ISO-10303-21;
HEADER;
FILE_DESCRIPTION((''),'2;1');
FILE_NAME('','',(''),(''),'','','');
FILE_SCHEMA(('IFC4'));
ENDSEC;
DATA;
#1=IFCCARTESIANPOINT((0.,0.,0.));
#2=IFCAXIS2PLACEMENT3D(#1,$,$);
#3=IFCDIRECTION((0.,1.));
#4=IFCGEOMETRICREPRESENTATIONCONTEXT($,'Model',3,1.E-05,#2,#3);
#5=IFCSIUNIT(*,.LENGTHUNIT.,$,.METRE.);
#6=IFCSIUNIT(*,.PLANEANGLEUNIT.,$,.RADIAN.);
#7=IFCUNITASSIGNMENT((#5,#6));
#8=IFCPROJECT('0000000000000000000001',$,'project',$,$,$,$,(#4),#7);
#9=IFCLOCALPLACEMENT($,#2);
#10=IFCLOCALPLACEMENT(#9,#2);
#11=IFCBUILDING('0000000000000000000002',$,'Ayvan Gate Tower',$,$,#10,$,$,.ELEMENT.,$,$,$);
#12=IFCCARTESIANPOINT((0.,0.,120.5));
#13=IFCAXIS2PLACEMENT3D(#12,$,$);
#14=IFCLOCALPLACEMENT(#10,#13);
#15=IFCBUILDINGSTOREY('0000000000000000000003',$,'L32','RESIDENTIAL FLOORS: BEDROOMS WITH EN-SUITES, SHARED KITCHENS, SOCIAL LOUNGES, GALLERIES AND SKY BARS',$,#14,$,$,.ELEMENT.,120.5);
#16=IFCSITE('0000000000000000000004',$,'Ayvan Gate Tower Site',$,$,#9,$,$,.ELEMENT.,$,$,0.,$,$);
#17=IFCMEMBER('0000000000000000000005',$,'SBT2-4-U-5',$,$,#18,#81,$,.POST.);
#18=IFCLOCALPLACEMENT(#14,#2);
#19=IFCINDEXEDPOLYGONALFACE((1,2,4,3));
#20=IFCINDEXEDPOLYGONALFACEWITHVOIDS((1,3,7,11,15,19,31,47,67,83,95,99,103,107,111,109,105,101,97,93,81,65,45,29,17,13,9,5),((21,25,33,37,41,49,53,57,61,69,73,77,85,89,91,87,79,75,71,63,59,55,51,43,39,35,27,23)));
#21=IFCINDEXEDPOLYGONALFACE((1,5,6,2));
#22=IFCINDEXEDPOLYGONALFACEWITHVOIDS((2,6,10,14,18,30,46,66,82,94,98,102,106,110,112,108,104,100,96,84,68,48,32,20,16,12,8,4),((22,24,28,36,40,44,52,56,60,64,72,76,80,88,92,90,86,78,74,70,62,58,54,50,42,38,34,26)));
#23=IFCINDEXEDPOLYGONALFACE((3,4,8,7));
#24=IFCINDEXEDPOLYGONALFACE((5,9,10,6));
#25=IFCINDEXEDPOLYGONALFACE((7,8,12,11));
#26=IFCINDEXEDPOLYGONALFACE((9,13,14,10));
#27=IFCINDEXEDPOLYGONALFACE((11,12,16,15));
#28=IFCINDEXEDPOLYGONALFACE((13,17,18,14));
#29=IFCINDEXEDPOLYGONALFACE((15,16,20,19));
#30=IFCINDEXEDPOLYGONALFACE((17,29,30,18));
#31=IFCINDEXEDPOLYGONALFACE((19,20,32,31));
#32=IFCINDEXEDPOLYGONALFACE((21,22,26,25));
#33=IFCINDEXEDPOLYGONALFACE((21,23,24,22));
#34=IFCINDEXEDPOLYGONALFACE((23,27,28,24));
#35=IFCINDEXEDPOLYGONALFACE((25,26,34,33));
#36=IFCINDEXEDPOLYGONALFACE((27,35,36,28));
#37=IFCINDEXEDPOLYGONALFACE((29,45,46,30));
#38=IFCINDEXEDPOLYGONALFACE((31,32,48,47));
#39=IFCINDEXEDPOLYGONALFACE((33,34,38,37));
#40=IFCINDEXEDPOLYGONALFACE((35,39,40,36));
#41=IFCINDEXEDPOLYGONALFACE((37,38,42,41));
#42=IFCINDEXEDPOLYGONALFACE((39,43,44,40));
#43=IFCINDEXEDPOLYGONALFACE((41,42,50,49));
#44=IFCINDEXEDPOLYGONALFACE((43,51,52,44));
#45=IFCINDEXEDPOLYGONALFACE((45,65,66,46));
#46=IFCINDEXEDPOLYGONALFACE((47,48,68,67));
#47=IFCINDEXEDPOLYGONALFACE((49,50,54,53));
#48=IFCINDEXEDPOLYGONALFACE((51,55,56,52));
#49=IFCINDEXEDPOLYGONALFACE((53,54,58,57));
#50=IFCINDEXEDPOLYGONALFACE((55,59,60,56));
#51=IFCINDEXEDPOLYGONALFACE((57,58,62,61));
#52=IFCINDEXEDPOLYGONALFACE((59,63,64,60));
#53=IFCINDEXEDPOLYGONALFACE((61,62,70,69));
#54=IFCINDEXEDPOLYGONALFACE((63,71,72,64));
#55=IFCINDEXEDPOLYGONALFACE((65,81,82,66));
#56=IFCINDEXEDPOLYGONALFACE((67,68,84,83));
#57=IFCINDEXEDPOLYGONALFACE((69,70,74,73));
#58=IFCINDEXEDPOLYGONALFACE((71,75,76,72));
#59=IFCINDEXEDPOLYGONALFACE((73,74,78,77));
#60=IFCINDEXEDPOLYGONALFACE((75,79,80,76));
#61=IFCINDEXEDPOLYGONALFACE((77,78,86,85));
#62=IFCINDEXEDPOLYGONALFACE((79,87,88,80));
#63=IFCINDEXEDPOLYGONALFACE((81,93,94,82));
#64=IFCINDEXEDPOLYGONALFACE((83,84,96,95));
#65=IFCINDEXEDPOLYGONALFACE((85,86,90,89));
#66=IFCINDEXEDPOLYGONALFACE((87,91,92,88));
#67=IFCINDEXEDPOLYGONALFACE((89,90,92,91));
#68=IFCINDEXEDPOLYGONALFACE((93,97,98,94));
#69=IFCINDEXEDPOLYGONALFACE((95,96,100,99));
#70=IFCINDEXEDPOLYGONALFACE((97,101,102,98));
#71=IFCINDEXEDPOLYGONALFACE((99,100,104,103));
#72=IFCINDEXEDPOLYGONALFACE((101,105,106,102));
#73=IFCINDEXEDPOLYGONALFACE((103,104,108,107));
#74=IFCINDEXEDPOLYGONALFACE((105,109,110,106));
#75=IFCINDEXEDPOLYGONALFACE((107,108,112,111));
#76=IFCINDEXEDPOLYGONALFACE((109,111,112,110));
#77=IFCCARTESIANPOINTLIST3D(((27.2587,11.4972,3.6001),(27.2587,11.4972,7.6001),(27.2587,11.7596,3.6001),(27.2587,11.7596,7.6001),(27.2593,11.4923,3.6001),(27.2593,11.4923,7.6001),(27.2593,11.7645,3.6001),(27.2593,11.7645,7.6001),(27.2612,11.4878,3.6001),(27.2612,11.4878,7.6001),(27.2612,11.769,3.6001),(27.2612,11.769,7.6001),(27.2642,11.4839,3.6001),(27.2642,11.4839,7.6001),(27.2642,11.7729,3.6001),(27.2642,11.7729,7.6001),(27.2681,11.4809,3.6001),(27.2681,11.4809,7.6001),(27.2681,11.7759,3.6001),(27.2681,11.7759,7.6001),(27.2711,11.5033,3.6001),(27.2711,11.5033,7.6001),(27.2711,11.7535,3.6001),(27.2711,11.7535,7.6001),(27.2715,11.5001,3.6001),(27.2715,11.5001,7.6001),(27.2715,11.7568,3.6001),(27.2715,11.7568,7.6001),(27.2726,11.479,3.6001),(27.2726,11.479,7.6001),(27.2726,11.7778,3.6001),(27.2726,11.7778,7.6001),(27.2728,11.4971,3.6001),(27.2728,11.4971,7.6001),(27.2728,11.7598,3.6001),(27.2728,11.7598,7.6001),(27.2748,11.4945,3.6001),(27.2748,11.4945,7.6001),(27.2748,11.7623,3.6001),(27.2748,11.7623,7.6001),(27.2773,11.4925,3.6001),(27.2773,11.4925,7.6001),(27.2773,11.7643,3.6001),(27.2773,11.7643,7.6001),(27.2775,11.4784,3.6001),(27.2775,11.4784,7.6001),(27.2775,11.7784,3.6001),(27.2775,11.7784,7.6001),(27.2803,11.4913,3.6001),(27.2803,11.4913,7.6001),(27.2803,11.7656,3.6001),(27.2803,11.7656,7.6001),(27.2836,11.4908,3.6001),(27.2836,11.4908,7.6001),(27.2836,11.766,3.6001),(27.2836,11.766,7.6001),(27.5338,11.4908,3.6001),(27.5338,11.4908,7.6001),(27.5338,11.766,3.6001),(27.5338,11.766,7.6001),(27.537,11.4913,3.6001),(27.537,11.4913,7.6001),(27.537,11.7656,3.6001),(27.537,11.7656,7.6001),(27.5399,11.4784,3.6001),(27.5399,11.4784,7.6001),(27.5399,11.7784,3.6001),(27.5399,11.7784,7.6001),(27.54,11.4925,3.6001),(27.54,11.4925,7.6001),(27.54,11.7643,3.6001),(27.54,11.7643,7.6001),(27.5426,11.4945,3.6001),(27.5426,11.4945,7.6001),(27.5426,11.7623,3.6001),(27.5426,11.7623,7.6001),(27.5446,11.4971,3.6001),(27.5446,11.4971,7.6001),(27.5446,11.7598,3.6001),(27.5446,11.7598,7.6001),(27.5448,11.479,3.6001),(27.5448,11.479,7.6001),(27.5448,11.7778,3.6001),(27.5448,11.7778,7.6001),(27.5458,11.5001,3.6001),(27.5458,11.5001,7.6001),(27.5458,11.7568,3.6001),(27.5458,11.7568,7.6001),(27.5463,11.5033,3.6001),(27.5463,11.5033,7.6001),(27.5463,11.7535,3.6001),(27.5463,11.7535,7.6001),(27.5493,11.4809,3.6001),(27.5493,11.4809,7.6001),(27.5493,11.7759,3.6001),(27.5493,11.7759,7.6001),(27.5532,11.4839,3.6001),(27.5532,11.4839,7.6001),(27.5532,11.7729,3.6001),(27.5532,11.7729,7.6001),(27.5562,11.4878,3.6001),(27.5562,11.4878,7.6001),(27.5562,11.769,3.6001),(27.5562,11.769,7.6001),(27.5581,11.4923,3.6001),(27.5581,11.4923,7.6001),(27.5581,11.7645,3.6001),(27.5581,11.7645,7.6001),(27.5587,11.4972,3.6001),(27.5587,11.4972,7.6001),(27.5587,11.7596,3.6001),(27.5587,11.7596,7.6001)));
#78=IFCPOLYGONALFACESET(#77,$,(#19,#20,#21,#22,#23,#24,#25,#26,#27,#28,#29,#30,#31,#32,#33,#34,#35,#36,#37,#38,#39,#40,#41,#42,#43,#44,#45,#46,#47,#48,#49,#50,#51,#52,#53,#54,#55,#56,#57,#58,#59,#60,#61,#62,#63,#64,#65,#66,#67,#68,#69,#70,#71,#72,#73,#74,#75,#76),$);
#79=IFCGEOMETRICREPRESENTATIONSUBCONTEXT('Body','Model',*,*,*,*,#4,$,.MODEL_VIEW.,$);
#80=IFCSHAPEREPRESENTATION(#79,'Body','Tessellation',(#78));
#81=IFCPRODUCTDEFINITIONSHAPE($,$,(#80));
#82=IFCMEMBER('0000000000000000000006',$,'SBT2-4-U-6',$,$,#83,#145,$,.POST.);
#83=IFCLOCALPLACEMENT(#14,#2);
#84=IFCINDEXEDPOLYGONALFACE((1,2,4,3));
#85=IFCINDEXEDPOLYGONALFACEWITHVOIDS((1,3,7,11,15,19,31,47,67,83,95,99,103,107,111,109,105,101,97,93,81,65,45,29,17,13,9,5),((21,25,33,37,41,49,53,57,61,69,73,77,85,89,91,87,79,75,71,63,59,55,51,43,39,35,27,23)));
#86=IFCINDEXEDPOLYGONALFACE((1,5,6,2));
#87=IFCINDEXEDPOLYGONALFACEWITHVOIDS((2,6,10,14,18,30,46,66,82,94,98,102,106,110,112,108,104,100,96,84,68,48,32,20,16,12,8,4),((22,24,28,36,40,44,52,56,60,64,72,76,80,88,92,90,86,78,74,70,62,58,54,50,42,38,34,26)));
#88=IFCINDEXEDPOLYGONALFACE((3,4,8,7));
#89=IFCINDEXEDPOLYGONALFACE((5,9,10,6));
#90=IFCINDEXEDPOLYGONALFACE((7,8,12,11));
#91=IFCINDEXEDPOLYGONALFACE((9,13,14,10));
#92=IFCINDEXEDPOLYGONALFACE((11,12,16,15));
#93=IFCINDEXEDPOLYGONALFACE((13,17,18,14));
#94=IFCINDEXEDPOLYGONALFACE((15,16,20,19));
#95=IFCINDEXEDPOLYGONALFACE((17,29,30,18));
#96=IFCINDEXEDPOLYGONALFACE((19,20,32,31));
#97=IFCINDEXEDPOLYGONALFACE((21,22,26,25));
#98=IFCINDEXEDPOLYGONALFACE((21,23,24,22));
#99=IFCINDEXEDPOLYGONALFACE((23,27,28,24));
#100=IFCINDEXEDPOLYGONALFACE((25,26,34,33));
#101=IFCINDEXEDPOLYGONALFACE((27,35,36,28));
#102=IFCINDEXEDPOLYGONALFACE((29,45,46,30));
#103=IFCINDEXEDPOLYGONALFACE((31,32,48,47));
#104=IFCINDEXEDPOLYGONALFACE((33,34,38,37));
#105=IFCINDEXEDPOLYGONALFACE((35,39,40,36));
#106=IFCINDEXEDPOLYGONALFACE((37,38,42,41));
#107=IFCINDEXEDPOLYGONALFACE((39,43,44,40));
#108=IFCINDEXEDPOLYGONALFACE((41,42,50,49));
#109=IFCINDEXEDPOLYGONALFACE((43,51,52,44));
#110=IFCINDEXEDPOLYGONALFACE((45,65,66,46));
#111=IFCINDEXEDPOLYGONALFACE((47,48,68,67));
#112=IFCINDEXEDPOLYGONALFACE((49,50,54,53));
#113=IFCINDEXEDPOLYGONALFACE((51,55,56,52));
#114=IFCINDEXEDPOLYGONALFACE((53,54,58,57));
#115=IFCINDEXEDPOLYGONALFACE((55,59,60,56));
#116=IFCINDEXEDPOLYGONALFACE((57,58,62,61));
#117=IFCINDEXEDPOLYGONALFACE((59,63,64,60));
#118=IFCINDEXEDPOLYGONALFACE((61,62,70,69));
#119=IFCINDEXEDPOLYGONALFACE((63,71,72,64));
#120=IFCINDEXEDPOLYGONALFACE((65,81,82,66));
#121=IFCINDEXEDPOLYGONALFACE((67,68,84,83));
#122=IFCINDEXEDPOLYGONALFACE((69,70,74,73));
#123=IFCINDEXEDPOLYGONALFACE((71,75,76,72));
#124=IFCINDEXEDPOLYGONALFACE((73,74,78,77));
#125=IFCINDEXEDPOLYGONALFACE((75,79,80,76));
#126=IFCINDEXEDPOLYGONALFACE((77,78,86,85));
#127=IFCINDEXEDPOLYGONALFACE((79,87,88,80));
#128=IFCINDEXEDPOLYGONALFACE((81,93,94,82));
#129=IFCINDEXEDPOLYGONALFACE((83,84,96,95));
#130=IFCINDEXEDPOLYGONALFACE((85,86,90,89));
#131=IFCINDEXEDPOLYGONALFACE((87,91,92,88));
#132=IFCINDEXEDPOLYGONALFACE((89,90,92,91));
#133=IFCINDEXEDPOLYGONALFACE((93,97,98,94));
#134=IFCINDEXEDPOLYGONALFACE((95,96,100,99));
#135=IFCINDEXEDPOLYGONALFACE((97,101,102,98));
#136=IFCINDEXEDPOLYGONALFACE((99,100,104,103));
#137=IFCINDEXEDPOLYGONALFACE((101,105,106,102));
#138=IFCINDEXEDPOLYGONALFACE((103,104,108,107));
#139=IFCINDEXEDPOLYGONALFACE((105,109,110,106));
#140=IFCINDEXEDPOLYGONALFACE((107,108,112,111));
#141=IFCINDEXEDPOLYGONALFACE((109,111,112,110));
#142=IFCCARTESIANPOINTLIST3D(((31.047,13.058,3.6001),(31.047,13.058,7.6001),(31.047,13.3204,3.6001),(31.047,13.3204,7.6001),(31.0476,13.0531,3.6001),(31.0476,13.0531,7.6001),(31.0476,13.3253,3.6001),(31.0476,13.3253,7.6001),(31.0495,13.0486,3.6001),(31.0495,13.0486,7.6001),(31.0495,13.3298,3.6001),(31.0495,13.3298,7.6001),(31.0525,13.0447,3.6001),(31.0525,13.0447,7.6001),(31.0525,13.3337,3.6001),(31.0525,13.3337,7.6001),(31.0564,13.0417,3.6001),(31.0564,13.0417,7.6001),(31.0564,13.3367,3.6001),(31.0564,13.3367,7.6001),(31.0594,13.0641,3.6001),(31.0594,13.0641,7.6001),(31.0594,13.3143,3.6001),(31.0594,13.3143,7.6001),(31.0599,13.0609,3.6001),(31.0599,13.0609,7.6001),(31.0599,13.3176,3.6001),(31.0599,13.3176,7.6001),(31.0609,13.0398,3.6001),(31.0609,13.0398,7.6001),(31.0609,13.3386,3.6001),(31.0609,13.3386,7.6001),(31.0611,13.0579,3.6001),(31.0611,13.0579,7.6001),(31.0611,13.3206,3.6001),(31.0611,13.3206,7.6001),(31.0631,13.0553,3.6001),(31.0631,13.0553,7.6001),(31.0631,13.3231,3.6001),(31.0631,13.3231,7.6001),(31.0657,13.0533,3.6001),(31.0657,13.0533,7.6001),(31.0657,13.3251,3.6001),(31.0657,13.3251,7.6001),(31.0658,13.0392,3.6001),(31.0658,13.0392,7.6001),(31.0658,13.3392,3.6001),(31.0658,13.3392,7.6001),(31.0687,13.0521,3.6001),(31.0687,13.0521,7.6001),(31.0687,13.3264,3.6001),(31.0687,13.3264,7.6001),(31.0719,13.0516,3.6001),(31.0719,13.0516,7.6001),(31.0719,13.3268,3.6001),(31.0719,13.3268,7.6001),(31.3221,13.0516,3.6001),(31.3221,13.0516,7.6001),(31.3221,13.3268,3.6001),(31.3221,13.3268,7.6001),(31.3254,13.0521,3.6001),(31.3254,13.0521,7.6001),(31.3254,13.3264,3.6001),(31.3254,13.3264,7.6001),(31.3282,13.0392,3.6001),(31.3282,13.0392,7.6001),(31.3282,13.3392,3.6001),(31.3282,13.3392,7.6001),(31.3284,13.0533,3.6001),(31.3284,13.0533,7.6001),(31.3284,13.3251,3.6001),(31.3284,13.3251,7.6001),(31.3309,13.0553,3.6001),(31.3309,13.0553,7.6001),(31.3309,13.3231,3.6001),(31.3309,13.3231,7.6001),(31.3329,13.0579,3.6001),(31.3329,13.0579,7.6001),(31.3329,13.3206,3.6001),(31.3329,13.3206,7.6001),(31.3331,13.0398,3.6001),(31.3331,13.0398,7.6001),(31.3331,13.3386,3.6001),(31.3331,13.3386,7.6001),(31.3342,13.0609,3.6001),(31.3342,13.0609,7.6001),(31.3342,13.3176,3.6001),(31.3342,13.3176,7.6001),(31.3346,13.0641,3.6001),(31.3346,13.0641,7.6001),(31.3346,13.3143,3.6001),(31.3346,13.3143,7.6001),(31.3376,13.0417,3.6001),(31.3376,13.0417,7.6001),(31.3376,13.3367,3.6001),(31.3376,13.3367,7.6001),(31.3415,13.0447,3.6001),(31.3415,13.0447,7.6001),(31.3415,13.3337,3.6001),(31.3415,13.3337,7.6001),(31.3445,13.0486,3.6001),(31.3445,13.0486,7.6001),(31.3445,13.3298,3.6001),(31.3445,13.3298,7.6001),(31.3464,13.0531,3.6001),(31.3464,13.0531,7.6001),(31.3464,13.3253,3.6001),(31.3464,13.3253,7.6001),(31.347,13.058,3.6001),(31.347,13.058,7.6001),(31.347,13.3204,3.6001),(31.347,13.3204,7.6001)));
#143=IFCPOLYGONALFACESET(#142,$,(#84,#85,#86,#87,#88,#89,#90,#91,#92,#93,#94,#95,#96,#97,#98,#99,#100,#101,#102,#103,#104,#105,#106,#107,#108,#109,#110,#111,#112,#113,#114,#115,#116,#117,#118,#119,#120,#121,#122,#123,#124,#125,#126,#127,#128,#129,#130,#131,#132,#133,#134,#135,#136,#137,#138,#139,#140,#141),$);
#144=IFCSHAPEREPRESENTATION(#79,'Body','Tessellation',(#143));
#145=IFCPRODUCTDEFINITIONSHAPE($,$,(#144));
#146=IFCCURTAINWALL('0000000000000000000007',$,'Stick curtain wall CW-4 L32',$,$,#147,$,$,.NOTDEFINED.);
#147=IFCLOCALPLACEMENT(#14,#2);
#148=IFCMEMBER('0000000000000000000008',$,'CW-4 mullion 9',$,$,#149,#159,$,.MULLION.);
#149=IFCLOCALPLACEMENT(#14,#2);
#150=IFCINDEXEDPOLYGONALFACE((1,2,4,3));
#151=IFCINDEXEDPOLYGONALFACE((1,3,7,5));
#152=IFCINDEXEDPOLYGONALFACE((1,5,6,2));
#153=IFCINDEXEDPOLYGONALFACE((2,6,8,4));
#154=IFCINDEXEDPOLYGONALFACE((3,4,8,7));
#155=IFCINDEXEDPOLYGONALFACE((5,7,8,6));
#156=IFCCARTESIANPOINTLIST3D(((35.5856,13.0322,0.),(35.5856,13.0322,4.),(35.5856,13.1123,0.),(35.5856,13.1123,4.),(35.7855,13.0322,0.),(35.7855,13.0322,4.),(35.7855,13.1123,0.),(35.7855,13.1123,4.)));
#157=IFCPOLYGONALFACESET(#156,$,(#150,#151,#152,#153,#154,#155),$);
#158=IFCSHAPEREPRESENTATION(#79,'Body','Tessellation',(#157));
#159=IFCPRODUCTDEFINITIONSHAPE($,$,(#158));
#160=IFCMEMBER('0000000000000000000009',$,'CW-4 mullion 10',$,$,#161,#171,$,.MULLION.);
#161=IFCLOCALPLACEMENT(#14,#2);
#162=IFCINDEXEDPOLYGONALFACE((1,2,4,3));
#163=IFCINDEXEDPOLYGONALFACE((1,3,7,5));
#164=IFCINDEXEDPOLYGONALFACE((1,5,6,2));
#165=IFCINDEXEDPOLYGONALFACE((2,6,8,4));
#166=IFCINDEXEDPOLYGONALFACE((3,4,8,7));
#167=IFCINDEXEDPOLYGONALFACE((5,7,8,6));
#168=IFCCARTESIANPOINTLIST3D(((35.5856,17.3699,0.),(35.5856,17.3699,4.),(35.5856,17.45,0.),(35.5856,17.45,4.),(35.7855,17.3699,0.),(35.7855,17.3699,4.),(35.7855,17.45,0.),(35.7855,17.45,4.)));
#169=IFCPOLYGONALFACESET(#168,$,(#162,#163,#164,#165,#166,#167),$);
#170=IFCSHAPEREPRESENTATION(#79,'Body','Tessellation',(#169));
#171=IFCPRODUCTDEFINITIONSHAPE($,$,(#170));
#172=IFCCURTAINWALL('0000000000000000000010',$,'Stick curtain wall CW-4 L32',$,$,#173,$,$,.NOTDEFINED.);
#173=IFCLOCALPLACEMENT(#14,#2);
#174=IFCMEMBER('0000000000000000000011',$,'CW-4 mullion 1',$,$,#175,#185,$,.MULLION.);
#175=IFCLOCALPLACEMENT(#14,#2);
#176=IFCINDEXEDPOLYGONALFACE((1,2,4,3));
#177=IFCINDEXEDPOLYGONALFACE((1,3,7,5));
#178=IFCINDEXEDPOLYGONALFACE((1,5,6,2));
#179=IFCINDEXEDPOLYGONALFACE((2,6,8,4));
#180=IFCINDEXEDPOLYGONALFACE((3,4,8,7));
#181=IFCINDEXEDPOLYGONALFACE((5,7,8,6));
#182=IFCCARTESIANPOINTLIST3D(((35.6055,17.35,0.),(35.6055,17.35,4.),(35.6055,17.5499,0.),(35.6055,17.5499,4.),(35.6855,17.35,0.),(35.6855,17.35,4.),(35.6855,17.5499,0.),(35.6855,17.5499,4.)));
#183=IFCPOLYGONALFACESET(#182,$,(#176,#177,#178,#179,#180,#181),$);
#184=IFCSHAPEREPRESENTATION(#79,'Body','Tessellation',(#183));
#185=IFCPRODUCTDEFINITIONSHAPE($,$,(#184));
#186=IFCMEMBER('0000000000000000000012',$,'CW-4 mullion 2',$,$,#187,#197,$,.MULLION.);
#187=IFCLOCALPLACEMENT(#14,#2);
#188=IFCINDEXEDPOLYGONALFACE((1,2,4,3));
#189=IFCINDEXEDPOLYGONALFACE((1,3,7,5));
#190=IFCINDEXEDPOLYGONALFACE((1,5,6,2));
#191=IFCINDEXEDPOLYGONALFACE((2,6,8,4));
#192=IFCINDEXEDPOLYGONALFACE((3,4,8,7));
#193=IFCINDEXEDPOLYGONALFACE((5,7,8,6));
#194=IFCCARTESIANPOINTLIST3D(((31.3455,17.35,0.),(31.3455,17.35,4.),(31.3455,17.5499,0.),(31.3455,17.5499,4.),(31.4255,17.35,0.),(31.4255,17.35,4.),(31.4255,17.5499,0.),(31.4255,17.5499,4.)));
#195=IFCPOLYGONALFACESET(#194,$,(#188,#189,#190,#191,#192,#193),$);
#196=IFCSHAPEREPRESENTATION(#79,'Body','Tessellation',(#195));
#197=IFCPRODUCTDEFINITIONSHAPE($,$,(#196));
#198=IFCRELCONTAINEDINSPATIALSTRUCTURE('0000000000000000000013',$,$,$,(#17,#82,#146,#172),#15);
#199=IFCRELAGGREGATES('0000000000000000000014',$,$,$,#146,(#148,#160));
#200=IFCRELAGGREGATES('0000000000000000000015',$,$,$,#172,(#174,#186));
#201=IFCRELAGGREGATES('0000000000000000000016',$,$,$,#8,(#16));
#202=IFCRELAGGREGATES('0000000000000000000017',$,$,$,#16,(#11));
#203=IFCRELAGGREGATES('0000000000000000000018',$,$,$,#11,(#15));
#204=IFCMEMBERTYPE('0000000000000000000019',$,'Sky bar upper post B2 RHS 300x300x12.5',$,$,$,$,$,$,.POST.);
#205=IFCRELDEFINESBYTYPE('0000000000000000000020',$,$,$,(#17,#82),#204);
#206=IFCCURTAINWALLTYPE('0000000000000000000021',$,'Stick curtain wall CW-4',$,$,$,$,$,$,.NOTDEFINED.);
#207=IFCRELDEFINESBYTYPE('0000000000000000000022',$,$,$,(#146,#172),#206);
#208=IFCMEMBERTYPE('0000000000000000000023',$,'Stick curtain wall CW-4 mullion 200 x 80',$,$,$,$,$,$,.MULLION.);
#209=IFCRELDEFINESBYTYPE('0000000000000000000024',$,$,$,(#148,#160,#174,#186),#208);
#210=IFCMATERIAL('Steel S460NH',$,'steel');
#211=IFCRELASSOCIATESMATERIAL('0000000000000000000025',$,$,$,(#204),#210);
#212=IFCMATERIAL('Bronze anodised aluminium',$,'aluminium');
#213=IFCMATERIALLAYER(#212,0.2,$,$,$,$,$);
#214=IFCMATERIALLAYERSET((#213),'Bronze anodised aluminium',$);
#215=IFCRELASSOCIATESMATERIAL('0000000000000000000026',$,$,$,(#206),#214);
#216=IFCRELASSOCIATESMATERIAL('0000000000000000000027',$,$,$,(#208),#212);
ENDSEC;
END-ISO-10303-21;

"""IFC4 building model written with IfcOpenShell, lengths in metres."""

from ifc_helpers import new_model, si_unit, direction, frame, origin, origin_2d, place, context, subcontext, project, spatial, rectangle, hollow_rectangle, extrude, material, layer, layer_set, material_profile, profile_set, type_object, element, aggregate, save


model = new_model("IFC4")

# Units and contexts
model_context = context("Model", 3, precision=1e-05, world=origin(), true_north=direction((0.0, 1.0)))
body_context = subcontext(model_context, "Body", "Model", "MODEL_VIEW")
ifc_project = project(units=[si_unit("LENGTHUNIT", "METRE"), si_unit("PLANEANGLEUNIT", "RADIAN")], contexts=[model_context])

# Site, building, storey
site_placement = place(None, origin())
site = spatial("IfcSite", under=ifc_project, at=site_placement, Name="Ayvan Gate Tower Site", CompositionType="ELEMENT", RefElevation=0.0)
building_placement = place(site_placement, origin())
building = spatial("IfcBuilding", under=site, at=building_placement, Name="Ayvan Gate Tower", CompositionType="ELEMENT")
storey_placement = place(building_placement, frame((0.0, 0.0, 120.5)))
storey = spatial("IfcBuildingStorey", under=building, at=storey_placement, Name="L32", Description="RESIDENTIAL FLOORS: BEDROOMS WITH EN-SUITES, SHARED KITCHENS, SOCIAL LOUNGES, GALLERIES AND SKY BARS", CompositionType="ELEMENT", Elevation=120.5)

# Members
ifc_material_1 = material(Name="Steel S460NH", Category="steel")
ifc_material_profile_1 = material_profile(ifc_material_1, hollow_rectangle(XDim=0.3, YDim=0.3, WallThickness=0.0125, InnerFilletRadius=0.0125, OuterFilletRadius=0.0188, at=origin_2d()), Name="RHS 300x300x12.5")
ifc_profile_set_1 = profile_set([ifc_material_profile_1], Name="Steel S460NH")
member_type_1 = type_object("IfcMemberType", Name="Sky bar upper post B2 RHS 300x300x12.5", PredefinedType="POST", material=ifc_profile_set_1)
for number, where, z_axis, x_axis, name in (
    (1, (27.4087, 11.6284, 3.6001), (0.0, 0.0, 1.0), (1.0, 0.0, 0.0), "SBT2-4-U-5"),
    (2, (31.197, 13.1892, 3.6001), (0.0, 0.0, 1.0), (1.0, 0.0, 0.0), "SBT2-4-U-6"),
):
    element("IfcMember", number, at=place(storey_placement, frame(where, z_axis=z_axis, x_axis=x_axis)), inside=storey, type_object=member_type_1, Name=name, PredefinedType="POST", context=body_context, shape_type="SweptSolid", body=[
        extrude(hollow_rectangle(XDim=0.3, YDim=0.3, WallThickness=0.0125, InnerFilletRadius=0.0125, OuterFilletRadius=0.0188, at=origin_2d()), origin(), (0.0, 0.0, 1.0), 4.0),
    ])

# Curtain walls, members
ifc_material_2 = material(Name="Bronze anodised aluminium", Category="aluminium")
ifc_layer_1 = layer(ifc_material_2, 0.2)
ifc_layer_set_1 = layer_set([ifc_layer_1], Name="Bronze anodised aluminium")
curtain_wall_type = type_object("IfcCurtainWallType", Name="Stick curtain wall CW-4", PredefinedType="NOTDEFINED", material=ifc_layer_set_1)
curtain_wall_1_placement = place(storey_placement, origin())
curtain_wall_1 = element("IfcCurtainWall", 3, at=curtain_wall_1_placement, inside=storey, type_object=curtain_wall_type, Name="Stick curtain wall CW-4 L32", PredefinedType="NOTDEFINED")
ifc_material_profile_2 = material_profile(ifc_material_2, rectangle(XDim=0.2, YDim=0.0801, at=origin_2d()), Name="Stick curtain wall CW-4 mullion 200 x 80")
ifc_profile_set_2 = profile_set([ifc_material_profile_2], Name="Bronze anodised aluminium")
member_type_2 = type_object("IfcMemberType", Name="Stick curtain wall CW-4 mullion 200 x 80", PredefinedType="MULLION", material=ifc_profile_set_2)
member_1_placement = place(storey_placement, frame((35.6855, 13.0723, 0.0), z_axis=(0.0, 0.0, 1.0), x_axis=(1.0, 0.0, 0.0)))
member_1 = element("IfcMember", 4, at=member_1_placement, type_object=member_type_2, Name="CW-4 mullion 9", PredefinedType="MULLION", context=body_context, shape_type="SweptSolid", body=[
    extrude(rectangle(XDim=0.2, YDim=0.0801, at=origin_2d()), origin(), (0.0, 0.0, 1.0), 4.0),
])
member_2_placement = place(storey_placement, frame((35.6855, 17.4099, 0.0), z_axis=(0.0, 0.0, 1.0), x_axis=(1.0, 0.0, 0.0)))
member_2 = element("IfcMember", 5, at=member_2_placement, type_object=member_type_2, Name="CW-4 mullion 10", PredefinedType="MULLION", context=body_context, shape_type="SweptSolid", body=[
    extrude(rectangle(XDim=0.2, YDim=0.0801, at=origin_2d()), origin(), (0.0, 0.0, 1.0), 4.0),
])
curtain_wall_2_placement = place(storey_placement, origin())
curtain_wall_2 = element("IfcCurtainWall", 6, at=curtain_wall_2_placement, inside=storey, type_object=curtain_wall_type, Name="Stick curtain wall CW-4 L32", PredefinedType="NOTDEFINED")
member_3_placement = place(storey_placement, frame((35.6455, 17.45, 0.0), z_axis=(0.0, 0.0, 1.0), x_axis=(0.0, 1.0, 0.0)))
member_3 = element("IfcMember", 7, at=member_3_placement, type_object=member_type_2, Name="CW-4 mullion 1", PredefinedType="MULLION", context=body_context, shape_type="SweptSolid", body=[
    extrude(rectangle(XDim=0.2, YDim=0.0801, at=origin_2d()), origin(), (0.0, 0.0, 1.0), 4.0),
])
member_4_placement = place(storey_placement, frame((31.3855, 17.45, 0.0), z_axis=(0.0, 0.0, 1.0), x_axis=(0.0, 1.0, 0.0)))
member_4 = element("IfcMember", 8, at=member_4_placement, type_object=member_type_2, Name="CW-4 mullion 2", PredefinedType="MULLION", context=body_context, shape_type="SweptSolid", body=[
    extrude(rectangle(XDim=0.2, YDim=0.0801, at=origin_2d()), origin(), (0.0, 0.0, 1.0), 4.0),
])

aggregate(curtain_wall_1, [member_1, member_2])
aggregate(curtain_wall_2, [member_3, member_4])

save(model, "model.ifc")
